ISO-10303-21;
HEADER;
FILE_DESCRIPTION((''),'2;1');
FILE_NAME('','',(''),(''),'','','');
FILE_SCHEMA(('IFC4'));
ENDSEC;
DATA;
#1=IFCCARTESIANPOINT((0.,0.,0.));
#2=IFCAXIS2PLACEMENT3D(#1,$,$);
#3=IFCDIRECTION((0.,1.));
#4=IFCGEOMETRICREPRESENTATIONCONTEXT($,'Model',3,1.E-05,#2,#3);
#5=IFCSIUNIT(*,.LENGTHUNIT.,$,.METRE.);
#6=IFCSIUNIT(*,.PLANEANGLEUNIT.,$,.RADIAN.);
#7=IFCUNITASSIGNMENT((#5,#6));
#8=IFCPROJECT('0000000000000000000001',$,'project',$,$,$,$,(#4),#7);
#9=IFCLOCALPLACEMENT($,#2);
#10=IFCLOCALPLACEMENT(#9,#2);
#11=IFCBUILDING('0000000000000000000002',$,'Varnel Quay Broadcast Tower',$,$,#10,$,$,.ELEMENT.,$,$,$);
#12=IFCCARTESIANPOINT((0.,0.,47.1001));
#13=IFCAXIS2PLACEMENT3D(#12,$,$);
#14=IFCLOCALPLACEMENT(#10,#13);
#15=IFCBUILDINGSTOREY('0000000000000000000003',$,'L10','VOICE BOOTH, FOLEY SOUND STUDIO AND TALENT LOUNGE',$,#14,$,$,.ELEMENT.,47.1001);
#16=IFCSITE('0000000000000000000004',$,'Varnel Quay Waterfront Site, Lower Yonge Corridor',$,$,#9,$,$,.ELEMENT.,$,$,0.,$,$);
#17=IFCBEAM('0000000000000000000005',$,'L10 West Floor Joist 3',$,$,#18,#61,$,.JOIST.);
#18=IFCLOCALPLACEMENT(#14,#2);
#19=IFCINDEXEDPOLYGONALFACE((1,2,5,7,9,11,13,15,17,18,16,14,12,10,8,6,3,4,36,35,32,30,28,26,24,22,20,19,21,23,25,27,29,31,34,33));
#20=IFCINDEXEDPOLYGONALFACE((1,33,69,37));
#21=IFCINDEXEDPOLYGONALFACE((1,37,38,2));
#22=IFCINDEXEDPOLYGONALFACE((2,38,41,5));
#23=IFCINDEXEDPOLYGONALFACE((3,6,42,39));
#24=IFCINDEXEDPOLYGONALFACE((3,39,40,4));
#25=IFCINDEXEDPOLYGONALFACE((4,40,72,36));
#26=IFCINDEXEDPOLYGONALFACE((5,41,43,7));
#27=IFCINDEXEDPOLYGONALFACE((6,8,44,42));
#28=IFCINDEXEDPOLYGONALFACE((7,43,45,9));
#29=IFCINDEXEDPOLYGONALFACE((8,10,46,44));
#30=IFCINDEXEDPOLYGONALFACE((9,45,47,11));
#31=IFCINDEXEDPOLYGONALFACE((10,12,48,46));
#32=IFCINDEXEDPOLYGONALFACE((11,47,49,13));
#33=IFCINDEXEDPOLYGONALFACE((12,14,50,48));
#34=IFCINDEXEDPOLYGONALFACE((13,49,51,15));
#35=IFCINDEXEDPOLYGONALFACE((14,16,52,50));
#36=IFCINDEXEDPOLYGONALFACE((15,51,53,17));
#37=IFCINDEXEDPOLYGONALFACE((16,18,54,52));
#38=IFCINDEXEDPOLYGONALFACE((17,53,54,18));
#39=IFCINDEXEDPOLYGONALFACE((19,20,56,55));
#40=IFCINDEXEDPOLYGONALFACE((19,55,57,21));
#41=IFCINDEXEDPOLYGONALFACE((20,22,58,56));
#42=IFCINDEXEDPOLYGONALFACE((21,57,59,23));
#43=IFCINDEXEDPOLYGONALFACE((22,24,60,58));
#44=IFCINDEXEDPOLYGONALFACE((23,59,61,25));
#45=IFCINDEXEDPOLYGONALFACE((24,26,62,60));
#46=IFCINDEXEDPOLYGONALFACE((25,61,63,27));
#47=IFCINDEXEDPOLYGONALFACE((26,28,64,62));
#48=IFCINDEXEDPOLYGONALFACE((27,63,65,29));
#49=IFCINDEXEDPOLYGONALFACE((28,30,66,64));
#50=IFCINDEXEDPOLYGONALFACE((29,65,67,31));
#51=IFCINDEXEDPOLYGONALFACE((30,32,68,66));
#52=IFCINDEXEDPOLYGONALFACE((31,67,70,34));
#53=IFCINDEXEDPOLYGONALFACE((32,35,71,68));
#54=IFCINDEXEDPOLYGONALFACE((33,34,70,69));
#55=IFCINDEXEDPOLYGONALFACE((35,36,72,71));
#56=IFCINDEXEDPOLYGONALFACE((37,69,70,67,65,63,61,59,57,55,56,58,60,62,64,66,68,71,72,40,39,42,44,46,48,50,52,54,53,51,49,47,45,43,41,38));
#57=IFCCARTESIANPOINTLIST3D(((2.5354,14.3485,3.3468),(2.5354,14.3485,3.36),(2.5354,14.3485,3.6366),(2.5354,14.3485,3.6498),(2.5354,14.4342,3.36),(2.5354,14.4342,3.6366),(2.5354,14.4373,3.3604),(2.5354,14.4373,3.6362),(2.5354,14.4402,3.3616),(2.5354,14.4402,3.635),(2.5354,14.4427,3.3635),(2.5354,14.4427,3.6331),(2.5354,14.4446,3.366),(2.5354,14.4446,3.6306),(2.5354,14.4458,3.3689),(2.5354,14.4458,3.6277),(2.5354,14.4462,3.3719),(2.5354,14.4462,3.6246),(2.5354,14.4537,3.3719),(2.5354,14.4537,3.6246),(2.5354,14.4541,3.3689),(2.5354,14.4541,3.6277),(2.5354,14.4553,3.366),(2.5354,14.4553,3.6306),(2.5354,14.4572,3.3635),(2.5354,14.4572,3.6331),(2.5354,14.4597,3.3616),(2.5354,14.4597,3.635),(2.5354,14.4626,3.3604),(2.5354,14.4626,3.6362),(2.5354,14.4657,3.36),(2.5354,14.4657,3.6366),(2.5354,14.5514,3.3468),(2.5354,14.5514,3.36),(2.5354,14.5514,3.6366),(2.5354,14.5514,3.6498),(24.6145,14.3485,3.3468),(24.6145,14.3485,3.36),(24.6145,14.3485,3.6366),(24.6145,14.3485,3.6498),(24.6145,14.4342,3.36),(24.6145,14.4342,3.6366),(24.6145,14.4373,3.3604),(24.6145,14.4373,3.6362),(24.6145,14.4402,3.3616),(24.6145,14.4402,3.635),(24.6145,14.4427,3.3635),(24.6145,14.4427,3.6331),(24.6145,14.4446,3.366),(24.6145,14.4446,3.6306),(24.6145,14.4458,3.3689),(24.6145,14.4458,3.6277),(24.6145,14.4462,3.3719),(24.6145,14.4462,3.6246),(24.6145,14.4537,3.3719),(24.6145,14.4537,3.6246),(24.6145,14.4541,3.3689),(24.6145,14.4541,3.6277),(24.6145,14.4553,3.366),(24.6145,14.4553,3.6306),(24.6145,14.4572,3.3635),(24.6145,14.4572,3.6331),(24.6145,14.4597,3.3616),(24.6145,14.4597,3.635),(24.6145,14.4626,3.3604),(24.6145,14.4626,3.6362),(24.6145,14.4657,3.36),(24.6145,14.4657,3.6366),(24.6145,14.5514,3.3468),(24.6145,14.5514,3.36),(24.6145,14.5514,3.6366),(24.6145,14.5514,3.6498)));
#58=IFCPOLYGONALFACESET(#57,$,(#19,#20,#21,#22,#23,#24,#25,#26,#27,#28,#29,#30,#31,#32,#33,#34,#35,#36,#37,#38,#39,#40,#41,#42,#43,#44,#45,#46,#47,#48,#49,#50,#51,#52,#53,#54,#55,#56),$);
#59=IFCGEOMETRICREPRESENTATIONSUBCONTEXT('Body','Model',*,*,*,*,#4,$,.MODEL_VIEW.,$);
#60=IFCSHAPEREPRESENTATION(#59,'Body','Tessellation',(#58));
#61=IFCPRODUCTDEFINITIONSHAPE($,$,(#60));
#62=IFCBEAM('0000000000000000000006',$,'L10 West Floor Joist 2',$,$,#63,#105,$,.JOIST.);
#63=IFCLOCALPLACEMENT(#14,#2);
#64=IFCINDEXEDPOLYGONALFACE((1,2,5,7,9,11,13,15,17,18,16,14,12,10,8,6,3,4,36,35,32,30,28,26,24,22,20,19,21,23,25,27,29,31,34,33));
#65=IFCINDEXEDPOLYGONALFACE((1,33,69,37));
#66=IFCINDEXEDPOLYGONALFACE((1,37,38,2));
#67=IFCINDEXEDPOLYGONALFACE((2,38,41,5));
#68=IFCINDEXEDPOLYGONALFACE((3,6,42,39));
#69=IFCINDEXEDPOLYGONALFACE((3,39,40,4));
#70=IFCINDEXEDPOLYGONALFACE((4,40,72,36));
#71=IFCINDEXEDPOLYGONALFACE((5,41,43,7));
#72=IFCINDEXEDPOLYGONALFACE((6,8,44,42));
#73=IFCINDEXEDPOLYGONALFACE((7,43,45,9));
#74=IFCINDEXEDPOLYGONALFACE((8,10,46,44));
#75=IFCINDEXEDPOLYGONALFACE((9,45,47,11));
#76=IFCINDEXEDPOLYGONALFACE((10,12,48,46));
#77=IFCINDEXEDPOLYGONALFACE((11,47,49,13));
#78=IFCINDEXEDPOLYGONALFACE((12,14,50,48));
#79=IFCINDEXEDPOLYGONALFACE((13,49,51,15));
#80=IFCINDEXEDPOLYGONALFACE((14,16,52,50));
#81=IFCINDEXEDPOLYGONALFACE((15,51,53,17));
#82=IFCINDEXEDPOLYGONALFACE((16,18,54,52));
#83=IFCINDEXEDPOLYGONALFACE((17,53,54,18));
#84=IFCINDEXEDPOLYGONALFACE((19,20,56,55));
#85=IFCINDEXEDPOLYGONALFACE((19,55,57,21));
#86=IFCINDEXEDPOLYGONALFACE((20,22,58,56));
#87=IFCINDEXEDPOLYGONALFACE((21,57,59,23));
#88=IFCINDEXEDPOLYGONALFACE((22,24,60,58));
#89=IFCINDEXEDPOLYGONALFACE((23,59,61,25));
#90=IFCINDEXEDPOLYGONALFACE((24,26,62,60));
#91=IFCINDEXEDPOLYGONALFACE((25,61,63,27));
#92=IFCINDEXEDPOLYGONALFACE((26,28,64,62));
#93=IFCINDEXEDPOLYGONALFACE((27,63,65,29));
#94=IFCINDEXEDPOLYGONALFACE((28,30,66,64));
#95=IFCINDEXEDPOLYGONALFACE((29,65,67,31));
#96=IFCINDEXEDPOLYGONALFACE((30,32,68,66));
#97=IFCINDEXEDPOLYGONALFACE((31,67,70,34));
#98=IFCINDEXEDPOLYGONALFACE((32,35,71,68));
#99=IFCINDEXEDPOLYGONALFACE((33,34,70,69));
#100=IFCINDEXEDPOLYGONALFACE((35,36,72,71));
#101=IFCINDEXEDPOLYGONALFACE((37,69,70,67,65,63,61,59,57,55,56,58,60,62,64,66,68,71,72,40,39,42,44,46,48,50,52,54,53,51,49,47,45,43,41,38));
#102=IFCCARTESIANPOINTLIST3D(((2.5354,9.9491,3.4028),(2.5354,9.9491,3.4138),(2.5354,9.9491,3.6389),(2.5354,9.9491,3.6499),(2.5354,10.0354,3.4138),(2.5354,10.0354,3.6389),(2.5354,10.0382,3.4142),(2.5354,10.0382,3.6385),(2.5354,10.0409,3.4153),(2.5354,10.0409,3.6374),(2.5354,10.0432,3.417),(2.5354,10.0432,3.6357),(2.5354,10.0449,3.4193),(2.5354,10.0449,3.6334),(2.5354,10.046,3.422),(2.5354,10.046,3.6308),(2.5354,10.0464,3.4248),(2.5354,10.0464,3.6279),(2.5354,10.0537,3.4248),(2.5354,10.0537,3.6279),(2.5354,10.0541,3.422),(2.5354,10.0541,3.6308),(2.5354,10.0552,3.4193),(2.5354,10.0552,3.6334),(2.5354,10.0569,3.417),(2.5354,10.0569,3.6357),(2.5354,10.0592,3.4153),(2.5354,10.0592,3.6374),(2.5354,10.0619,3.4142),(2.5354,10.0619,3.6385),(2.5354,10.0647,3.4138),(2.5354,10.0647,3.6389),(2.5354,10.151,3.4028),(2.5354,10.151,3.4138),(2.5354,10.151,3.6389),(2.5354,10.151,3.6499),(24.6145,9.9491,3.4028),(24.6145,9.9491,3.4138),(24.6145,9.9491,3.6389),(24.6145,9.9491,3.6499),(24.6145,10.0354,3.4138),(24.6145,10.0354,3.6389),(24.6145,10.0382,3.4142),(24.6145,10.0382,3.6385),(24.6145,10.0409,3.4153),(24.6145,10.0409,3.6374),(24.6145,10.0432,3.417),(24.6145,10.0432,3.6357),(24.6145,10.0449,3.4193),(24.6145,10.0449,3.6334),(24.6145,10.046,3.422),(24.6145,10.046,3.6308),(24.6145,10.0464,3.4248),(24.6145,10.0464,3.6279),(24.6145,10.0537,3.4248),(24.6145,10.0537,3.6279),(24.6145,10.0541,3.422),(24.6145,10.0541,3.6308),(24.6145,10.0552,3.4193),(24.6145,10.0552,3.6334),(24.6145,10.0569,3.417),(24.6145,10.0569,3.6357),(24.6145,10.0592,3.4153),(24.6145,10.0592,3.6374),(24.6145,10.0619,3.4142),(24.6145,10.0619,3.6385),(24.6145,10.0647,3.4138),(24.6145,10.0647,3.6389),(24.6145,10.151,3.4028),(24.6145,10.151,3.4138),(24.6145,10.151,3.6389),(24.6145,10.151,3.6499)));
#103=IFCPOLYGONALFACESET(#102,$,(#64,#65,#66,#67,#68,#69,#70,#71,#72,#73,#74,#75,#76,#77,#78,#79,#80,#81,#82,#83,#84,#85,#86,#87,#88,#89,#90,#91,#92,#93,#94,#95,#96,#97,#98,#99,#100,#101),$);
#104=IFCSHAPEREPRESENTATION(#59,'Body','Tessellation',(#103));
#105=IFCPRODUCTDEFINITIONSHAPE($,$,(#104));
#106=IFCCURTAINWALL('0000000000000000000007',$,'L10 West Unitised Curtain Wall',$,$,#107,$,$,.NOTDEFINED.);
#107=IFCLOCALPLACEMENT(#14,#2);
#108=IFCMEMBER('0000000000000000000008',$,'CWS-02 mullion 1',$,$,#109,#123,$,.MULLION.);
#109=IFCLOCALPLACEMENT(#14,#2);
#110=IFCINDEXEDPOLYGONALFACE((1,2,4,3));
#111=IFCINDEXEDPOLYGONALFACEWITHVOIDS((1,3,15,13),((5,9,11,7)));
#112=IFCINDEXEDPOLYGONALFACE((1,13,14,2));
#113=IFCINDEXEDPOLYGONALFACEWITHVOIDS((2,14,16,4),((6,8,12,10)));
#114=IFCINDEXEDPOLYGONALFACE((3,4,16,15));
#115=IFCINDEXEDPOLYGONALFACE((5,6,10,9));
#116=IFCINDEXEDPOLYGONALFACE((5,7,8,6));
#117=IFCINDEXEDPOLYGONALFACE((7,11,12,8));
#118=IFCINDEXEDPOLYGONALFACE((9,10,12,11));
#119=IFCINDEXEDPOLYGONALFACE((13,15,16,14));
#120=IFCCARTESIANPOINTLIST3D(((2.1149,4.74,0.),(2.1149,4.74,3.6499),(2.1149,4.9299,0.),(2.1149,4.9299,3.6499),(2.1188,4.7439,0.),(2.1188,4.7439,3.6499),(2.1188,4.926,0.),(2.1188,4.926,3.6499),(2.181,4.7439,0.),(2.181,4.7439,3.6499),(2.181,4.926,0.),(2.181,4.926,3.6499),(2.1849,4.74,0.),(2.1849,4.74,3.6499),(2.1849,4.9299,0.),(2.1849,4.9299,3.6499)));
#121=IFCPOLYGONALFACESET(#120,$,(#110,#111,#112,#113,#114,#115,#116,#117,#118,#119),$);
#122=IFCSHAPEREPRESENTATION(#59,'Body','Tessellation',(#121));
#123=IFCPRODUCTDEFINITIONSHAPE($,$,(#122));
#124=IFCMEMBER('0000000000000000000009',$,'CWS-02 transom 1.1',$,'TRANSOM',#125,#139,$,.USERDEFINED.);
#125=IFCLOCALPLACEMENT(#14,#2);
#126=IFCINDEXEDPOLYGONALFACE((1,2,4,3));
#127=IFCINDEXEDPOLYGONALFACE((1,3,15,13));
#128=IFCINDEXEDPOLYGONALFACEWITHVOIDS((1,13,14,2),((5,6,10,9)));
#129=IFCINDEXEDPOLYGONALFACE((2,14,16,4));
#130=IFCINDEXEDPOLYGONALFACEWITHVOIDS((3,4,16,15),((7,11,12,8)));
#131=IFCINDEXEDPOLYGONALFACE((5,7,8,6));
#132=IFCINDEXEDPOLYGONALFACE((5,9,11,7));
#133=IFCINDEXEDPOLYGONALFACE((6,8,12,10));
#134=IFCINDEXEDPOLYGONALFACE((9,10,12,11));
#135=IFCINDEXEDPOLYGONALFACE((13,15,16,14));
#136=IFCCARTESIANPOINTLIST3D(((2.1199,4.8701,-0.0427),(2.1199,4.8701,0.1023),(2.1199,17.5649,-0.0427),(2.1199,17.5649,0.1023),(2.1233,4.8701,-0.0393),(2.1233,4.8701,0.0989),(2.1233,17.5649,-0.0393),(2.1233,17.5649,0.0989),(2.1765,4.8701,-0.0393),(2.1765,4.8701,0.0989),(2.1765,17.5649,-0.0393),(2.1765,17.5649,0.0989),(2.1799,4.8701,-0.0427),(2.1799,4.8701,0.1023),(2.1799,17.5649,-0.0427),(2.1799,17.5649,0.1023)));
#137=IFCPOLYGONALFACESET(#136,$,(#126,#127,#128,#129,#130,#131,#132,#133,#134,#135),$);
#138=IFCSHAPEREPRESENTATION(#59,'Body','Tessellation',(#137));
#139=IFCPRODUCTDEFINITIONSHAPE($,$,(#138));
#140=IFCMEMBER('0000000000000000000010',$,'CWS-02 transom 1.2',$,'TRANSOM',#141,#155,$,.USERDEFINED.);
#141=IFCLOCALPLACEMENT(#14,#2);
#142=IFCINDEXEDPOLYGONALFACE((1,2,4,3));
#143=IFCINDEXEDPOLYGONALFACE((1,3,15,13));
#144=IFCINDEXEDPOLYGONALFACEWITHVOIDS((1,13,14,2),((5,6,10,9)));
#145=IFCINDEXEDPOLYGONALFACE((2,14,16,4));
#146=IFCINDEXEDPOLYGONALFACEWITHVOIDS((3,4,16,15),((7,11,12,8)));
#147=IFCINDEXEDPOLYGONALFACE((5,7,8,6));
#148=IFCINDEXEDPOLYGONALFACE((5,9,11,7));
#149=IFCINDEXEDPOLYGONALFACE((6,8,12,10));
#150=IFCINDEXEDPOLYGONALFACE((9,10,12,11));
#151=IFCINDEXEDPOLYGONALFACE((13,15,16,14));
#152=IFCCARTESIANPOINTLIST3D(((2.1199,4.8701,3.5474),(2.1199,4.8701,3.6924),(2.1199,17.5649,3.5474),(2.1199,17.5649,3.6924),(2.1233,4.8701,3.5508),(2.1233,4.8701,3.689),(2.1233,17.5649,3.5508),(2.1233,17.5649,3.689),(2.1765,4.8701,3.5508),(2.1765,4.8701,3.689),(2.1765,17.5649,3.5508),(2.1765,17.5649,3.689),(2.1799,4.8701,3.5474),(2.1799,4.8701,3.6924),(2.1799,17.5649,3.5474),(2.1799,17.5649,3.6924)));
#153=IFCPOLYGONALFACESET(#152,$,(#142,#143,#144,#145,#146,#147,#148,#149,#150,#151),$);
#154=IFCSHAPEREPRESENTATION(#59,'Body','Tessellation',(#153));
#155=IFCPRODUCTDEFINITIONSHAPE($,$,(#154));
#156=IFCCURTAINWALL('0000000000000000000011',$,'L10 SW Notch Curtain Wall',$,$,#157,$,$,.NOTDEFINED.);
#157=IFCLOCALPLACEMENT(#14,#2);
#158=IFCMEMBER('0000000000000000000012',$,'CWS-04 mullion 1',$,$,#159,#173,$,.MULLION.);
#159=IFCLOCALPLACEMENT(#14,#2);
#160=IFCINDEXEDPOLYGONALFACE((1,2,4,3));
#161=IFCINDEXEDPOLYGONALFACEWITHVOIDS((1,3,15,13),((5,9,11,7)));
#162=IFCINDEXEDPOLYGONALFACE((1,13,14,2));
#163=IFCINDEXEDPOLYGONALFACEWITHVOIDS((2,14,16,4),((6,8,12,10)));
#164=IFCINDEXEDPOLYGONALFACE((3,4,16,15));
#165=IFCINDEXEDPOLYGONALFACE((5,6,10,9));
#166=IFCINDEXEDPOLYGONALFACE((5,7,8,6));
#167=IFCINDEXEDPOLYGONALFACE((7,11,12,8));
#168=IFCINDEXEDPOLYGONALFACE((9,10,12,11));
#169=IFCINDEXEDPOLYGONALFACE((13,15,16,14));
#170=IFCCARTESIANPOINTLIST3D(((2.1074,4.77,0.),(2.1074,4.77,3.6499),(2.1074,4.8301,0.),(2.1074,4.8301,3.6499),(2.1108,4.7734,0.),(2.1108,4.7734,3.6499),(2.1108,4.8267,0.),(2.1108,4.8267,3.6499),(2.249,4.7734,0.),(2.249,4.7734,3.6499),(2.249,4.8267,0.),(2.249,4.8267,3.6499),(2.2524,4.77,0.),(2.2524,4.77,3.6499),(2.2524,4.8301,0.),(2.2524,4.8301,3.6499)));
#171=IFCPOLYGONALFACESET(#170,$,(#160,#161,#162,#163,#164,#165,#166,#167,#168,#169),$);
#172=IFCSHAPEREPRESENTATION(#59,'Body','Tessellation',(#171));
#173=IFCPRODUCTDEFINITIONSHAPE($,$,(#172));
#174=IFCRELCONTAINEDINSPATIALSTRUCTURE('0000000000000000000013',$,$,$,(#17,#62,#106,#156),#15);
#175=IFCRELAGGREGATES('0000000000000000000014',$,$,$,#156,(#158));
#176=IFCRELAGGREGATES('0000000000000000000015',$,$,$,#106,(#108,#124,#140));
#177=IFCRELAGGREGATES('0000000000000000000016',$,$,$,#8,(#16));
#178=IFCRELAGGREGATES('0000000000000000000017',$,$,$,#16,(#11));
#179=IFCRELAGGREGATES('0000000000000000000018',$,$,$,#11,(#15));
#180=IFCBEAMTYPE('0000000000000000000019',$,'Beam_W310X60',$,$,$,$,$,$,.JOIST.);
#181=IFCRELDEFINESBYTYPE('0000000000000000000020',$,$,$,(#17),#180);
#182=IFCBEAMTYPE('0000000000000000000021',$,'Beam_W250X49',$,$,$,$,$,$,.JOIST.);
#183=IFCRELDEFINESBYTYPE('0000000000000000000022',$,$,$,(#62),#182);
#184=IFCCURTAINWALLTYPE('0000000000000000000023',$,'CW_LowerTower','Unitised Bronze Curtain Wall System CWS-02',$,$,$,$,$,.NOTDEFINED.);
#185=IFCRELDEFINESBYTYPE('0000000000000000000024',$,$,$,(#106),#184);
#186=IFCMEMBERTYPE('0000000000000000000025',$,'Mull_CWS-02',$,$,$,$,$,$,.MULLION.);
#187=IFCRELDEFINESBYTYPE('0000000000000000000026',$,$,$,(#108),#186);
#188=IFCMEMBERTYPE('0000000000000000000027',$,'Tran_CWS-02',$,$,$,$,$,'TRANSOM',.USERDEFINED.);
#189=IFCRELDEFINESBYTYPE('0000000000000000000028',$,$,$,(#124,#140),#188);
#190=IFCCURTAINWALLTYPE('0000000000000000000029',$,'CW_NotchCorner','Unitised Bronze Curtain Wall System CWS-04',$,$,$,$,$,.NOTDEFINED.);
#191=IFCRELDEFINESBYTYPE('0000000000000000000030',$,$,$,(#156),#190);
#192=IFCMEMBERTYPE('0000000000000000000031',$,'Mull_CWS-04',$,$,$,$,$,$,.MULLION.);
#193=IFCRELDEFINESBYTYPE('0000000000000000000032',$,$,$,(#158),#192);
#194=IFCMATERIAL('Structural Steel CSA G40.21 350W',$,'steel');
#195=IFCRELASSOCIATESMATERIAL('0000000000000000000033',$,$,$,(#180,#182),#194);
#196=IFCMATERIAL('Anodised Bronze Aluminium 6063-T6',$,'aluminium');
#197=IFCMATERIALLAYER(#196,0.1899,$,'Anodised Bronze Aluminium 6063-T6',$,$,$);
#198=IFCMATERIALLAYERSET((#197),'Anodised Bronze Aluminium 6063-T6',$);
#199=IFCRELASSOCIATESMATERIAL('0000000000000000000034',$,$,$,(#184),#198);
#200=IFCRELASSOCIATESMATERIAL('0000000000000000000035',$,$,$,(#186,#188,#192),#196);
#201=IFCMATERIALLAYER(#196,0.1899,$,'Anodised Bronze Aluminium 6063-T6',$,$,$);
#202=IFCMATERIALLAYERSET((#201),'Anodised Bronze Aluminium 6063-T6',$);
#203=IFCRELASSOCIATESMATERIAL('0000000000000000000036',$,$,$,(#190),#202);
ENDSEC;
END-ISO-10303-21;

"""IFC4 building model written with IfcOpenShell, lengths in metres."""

from ifc_helpers import new_model, si_unit, direction, frame, origin, origin_2d, place, context, subcontext, project, spatial, hollow_rectangle, i_section, extrude, source, transform, mapped, material, layer, layer_set, material_profile, profile_set, type_object, type_shapes, element, aggregate, save


model = new_model("IFC4")

# Units and contexts
model_context = context("Model", 3, precision=1e-05, world=origin(), true_north=direction((0.0, 1.0)))
body_context = subcontext(model_context, "Body", "Model", "MODEL_VIEW")
ifc_project = project(units=[si_unit("LENGTHUNIT", "METRE"), si_unit("PLANEANGLEUNIT", "RADIAN")], contexts=[model_context])

# Site, building, storey
site_placement = place(None, origin())
site = spatial("IfcSite", under=ifc_project, at=site_placement, Name="Varnel Quay Waterfront Site, Lower Yonge Corridor", CompositionType="ELEMENT", RefElevation=0.0)
building_placement = place(site_placement, origin())
building = spatial("IfcBuilding", under=site, at=building_placement, Name="Varnel Quay Broadcast Tower", CompositionType="ELEMENT")
storey_placement = place(building_placement, frame((0.0, 0.0, 47.1001)))
storey = spatial("IfcBuildingStorey", under=building, at=storey_placement, Name="L10", Description="VOICE BOOTH, FOLEY SOUND STUDIO AND TALENT LOUNGE", CompositionType="ELEMENT", Elevation=47.1001)

# Shared definitions
ifc_material_1 = material(Name="Structural Steel CSA G40.21 350W", Category="steel")

# Beams
ifc_material_profile_1 = material_profile(ifc_material_1, i_section(OverallWidth=0.2029, OverallDepth=0.303, WebThickness=0.0076, FlangeThickness=0.0132, FilletRadius=0.012, at=origin_2d()), Name="W310X60")
ifc_profile_set_1 = profile_set([ifc_material_profile_1], Name="Structural Steel CSA G40.21 350W")
beam_type_1 = type_object("IfcBeamType", Name="Beam_W310X60", PredefinedType="JOIST", material=ifc_profile_set_1)
shared_shape_1 = source(origin(), body_context, "Body", "SweptSolid", [
    extrude(i_section(OverallWidth=0.2029, OverallDepth=0.303, WebThickness=0.0076, FlangeThickness=0.0132, FilletRadius=0.012, at=origin_2d()), origin(), (0.0, 0.0, 1.0), 22.0791),
])
type_shapes(beam_type_1, [shared_shape_1])
for number, where, z_axis, x_axis, name in (
    (1, (2.5354, 14.45, 3.4983), (1.0, 0.0, 0.0), (0.0, 1.0, 0.0), "L10 West Floor Joist 3"),
):
    element("IfcBeam", number, at=place(storey_placement, frame(where, z_axis=z_axis, x_axis=x_axis)), inside=storey, type_object=beam_type_1, Name=name, PredefinedType="JOIST", context=body_context, shape_type="MappedRepresentation", body=[
        mapped(shared_shape_1, transform((0.0, 0.0, 0.0), x_axis=(1.0, 0.0, 0.0), y_axis=(0.0, 1.0, 0.0), z_axis=(0.0, 0.0, 1.0), scale=1.0)),
    ])
ifc_material_profile_2 = material_profile(ifc_material_1, i_section(OverallWidth=0.2019, OverallDepth=0.2471, WebThickness=0.0073, FlangeThickness=0.011, FilletRadius=0.011, at=origin_2d()), Name="W250X49")
ifc_profile_set_2 = profile_set([ifc_material_profile_2], Name="Structural Steel CSA G40.21 350W")
beam_type_2 = type_object("IfcBeamType", Name="Beam_W250X49", PredefinedType="JOIST", material=ifc_profile_set_2)
shared_shape_2 = source(origin(), body_context, "Body", "SweptSolid", [
    extrude(i_section(OverallWidth=0.2019, OverallDepth=0.2471, WebThickness=0.0073, FlangeThickness=0.011, FilletRadius=0.011, at=origin_2d()), origin(), (0.0, 0.0, 1.0), 22.0791),
])
type_shapes(beam_type_2, [shared_shape_2])
beam_1_placement = place(storey_placement, frame((2.5354, 10.05, 3.5264), z_axis=(1.0, 0.0, 0.0), x_axis=(0.0, 1.0, 0.0)))
element("IfcBeam", 2, at=beam_1_placement, inside=storey, type_object=beam_type_2, Name="L10 West Floor Joist 2", PredefinedType="JOIST", context=body_context, shape_type="MappedRepresentation", body=[
    mapped(shared_shape_2, transform((0.0, 0.0, 0.0), x_axis=(1.0, 0.0, 0.0), y_axis=(0.0, 1.0, 0.0), z_axis=(0.0, 0.0, 1.0), scale=1.0)),
])

# Curtain walls, members
ifc_material_2 = material(Name="Anodised Bronze Aluminium 6063-T6", Category="aluminium")
ifc_layer_1 = layer(ifc_material_2, 0.1899, Name="Anodised Bronze Aluminium 6063-T6")
ifc_layer_set_1 = layer_set([ifc_layer_1], Name="Anodised Bronze Aluminium 6063-T6")
curtain_wall_type_1 = type_object("IfcCurtainWallType", Name="CW_LowerTower", Description="Unitised Bronze Curtain Wall System CWS-02", PredefinedType="NOTDEFINED", material=ifc_layer_set_1)
curtain_wall_1_placement = place(storey_placement, origin())
curtain_wall_1 = element("IfcCurtainWall", 3, at=curtain_wall_1_placement, inside=storey, type_object=curtain_wall_type_1, Name="L10 West Unitised Curtain Wall", PredefinedType="NOTDEFINED")
ifc_material_profile_3 = material_profile(ifc_material_2, hollow_rectangle(XDim=0.0701, YDim=0.1899, WallThickness=0.0039, at=origin_2d()), Name="ALU70X190X4")
ifc_profile_set_3 = profile_set([ifc_material_profile_3], Name="Anodised Bronze Aluminium 6063-T6")
member_type_1 = type_object("IfcMemberType", Name="Mull_CWS-02", PredefinedType="MULLION", material=ifc_profile_set_3)
shared_shape_3 = source(origin(), body_context, "Body", "SweptSolid", [
    extrude(hollow_rectangle(XDim=0.0701, YDim=0.1899, WallThickness=0.0039, at=origin_2d()), origin(), (0.0, 0.0, 1.0), 3.6499),
])
type_shapes(member_type_1, [shared_shape_3])
member_1_placement = place(storey_placement, frame((2.1499, 4.835, 0.0), z_axis=(0.0, 0.0, 1.0), x_axis=(-1.0, 0.0, 0.0)))
member_1 = element("IfcMember", 4, at=member_1_placement, type_object=member_type_1, Name="CWS-02 mullion 1", PredefinedType="MULLION", context=body_context, shape_type="MappedRepresentation", body=[
    mapped(shared_shape_3, transform((0.0, 0.0, 0.0), x_axis=(1.0, 0.0, 0.0), y_axis=(0.0, 1.0, 0.0), z_axis=(0.0, 0.0, 1.0), scale=1.0)),
])
ifc_material_profile_4 = material_profile(ifc_material_2, hollow_rectangle(XDim=0.0601, YDim=0.145, WallThickness=0.0034, at=origin_2d()), Name="ALU60X145X3.5")
ifc_profile_set_4 = profile_set([ifc_material_profile_4], Name="Anodised Bronze Aluminium 6063-T6")
member_type_2 = type_object("IfcMemberType", Name="Tran_CWS-02", ElementType="TRANSOM", PredefinedType="USERDEFINED", material=ifc_profile_set_4)
shared_shape_4 = source(origin(), body_context, "Body", "SweptSolid", [
    extrude(hollow_rectangle(XDim=0.0601, YDim=0.145, WallThickness=0.0034, at=origin_2d()), origin(), (0.0, 0.0, 1.0), 12.6948),
])
type_shapes(member_type_2, [shared_shape_4])
member_2_placement = place(storey_placement, frame((2.1499, 4.8701, 0.0298), z_axis=(0.0, 1.0, 0.0), x_axis=(-1.0, 0.0, 0.0)))
member_2 = element("IfcMember", 5, at=member_2_placement, type_object=member_type_2, Name="CWS-02 transom 1.1", ObjectType="TRANSOM", PredefinedType="USERDEFINED", context=body_context, shape_type="MappedRepresentation", body=[
    mapped(shared_shape_4, transform((0.0, 0.0, 0.0), x_axis=(1.0, 0.0, 0.0), y_axis=(0.0, 1.0, 0.0), z_axis=(0.0, 0.0, 1.0), scale=1.0)),
])
member_3_placement = place(storey_placement, frame((2.1499, 4.8701, 3.6199), z_axis=(0.0, 1.0, 0.0), x_axis=(-1.0, 0.0, 0.0)))
member_3 = element("IfcMember", 6, at=member_3_placement, type_object=member_type_2, Name="CWS-02 transom 1.2", ObjectType="TRANSOM", PredefinedType="USERDEFINED", context=body_context, shape_type="MappedRepresentation", body=[
    mapped(shared_shape_4, transform((0.0, 0.0, 0.0), x_axis=(1.0, 0.0, 0.0), y_axis=(0.0, 1.0, 0.0), z_axis=(0.0, 0.0, 1.0), scale=1.0)),
])
ifc_layer_2 = layer(ifc_material_2, 0.1899, Name="Anodised Bronze Aluminium 6063-T6")
ifc_layer_set_2 = layer_set([ifc_layer_2], Name="Anodised Bronze Aluminium 6063-T6")
curtain_wall_type_2 = type_object("IfcCurtainWallType", Name="CW_NotchCorner", Description="Unitised Bronze Curtain Wall System CWS-04", PredefinedType="NOTDEFINED", material=ifc_layer_set_2)
curtain_wall_2_placement = place(storey_placement, origin())
curtain_wall_2 = element("IfcCurtainWall", 7, at=curtain_wall_2_placement, inside=storey, type_object=curtain_wall_type_2, Name="L10 SW Notch Curtain Wall", PredefinedType="NOTDEFINED")
ifc_material_profile_5 = material_profile(ifc_material_2, hollow_rectangle(XDim=0.0601, YDim=0.145, WallThickness=0.0034, at=origin_2d()), Name="ALU60X145X3.5")
ifc_profile_set_5 = profile_set([ifc_material_profile_5], Name="Anodised Bronze Aluminium 6063-T6")
member_type_3 = type_object("IfcMemberType", Name="Mull_CWS-04", PredefinedType="MULLION", material=ifc_profile_set_5)
shared_shape_5 = source(origin(), body_context, "Body", "SweptSolid", [
    extrude(hollow_rectangle(XDim=0.0601, YDim=0.145, WallThickness=0.0034, at=origin_2d()), origin(), (0.0, 0.0, 1.0), 3.6499),
])
type_shapes(member_type_3, [shared_shape_5])
member_4_placement = place(storey_placement, frame((2.1799, 4.8, 0.0), z_axis=(0.0, 0.0, 1.0), x_axis=(0.0, 1.0, 0.0)))
member_4 = element("IfcMember", 8, at=member_4_placement, type_object=member_type_3, Name="CWS-04 mullion 1", PredefinedType="MULLION", context=body_context, shape_type="MappedRepresentation", body=[
    mapped(shared_shape_5, transform((0.0, 0.0, 0.0), x_axis=(1.0, 0.0, 0.0), y_axis=(0.0, 1.0, 0.0), z_axis=(0.0, 0.0, 1.0), scale=1.0)),
])

aggregate(curtain_wall_2, [member_4])
aggregate(curtain_wall_1, [member_1, member_2, member_3])

save(model, "model.ifc")
